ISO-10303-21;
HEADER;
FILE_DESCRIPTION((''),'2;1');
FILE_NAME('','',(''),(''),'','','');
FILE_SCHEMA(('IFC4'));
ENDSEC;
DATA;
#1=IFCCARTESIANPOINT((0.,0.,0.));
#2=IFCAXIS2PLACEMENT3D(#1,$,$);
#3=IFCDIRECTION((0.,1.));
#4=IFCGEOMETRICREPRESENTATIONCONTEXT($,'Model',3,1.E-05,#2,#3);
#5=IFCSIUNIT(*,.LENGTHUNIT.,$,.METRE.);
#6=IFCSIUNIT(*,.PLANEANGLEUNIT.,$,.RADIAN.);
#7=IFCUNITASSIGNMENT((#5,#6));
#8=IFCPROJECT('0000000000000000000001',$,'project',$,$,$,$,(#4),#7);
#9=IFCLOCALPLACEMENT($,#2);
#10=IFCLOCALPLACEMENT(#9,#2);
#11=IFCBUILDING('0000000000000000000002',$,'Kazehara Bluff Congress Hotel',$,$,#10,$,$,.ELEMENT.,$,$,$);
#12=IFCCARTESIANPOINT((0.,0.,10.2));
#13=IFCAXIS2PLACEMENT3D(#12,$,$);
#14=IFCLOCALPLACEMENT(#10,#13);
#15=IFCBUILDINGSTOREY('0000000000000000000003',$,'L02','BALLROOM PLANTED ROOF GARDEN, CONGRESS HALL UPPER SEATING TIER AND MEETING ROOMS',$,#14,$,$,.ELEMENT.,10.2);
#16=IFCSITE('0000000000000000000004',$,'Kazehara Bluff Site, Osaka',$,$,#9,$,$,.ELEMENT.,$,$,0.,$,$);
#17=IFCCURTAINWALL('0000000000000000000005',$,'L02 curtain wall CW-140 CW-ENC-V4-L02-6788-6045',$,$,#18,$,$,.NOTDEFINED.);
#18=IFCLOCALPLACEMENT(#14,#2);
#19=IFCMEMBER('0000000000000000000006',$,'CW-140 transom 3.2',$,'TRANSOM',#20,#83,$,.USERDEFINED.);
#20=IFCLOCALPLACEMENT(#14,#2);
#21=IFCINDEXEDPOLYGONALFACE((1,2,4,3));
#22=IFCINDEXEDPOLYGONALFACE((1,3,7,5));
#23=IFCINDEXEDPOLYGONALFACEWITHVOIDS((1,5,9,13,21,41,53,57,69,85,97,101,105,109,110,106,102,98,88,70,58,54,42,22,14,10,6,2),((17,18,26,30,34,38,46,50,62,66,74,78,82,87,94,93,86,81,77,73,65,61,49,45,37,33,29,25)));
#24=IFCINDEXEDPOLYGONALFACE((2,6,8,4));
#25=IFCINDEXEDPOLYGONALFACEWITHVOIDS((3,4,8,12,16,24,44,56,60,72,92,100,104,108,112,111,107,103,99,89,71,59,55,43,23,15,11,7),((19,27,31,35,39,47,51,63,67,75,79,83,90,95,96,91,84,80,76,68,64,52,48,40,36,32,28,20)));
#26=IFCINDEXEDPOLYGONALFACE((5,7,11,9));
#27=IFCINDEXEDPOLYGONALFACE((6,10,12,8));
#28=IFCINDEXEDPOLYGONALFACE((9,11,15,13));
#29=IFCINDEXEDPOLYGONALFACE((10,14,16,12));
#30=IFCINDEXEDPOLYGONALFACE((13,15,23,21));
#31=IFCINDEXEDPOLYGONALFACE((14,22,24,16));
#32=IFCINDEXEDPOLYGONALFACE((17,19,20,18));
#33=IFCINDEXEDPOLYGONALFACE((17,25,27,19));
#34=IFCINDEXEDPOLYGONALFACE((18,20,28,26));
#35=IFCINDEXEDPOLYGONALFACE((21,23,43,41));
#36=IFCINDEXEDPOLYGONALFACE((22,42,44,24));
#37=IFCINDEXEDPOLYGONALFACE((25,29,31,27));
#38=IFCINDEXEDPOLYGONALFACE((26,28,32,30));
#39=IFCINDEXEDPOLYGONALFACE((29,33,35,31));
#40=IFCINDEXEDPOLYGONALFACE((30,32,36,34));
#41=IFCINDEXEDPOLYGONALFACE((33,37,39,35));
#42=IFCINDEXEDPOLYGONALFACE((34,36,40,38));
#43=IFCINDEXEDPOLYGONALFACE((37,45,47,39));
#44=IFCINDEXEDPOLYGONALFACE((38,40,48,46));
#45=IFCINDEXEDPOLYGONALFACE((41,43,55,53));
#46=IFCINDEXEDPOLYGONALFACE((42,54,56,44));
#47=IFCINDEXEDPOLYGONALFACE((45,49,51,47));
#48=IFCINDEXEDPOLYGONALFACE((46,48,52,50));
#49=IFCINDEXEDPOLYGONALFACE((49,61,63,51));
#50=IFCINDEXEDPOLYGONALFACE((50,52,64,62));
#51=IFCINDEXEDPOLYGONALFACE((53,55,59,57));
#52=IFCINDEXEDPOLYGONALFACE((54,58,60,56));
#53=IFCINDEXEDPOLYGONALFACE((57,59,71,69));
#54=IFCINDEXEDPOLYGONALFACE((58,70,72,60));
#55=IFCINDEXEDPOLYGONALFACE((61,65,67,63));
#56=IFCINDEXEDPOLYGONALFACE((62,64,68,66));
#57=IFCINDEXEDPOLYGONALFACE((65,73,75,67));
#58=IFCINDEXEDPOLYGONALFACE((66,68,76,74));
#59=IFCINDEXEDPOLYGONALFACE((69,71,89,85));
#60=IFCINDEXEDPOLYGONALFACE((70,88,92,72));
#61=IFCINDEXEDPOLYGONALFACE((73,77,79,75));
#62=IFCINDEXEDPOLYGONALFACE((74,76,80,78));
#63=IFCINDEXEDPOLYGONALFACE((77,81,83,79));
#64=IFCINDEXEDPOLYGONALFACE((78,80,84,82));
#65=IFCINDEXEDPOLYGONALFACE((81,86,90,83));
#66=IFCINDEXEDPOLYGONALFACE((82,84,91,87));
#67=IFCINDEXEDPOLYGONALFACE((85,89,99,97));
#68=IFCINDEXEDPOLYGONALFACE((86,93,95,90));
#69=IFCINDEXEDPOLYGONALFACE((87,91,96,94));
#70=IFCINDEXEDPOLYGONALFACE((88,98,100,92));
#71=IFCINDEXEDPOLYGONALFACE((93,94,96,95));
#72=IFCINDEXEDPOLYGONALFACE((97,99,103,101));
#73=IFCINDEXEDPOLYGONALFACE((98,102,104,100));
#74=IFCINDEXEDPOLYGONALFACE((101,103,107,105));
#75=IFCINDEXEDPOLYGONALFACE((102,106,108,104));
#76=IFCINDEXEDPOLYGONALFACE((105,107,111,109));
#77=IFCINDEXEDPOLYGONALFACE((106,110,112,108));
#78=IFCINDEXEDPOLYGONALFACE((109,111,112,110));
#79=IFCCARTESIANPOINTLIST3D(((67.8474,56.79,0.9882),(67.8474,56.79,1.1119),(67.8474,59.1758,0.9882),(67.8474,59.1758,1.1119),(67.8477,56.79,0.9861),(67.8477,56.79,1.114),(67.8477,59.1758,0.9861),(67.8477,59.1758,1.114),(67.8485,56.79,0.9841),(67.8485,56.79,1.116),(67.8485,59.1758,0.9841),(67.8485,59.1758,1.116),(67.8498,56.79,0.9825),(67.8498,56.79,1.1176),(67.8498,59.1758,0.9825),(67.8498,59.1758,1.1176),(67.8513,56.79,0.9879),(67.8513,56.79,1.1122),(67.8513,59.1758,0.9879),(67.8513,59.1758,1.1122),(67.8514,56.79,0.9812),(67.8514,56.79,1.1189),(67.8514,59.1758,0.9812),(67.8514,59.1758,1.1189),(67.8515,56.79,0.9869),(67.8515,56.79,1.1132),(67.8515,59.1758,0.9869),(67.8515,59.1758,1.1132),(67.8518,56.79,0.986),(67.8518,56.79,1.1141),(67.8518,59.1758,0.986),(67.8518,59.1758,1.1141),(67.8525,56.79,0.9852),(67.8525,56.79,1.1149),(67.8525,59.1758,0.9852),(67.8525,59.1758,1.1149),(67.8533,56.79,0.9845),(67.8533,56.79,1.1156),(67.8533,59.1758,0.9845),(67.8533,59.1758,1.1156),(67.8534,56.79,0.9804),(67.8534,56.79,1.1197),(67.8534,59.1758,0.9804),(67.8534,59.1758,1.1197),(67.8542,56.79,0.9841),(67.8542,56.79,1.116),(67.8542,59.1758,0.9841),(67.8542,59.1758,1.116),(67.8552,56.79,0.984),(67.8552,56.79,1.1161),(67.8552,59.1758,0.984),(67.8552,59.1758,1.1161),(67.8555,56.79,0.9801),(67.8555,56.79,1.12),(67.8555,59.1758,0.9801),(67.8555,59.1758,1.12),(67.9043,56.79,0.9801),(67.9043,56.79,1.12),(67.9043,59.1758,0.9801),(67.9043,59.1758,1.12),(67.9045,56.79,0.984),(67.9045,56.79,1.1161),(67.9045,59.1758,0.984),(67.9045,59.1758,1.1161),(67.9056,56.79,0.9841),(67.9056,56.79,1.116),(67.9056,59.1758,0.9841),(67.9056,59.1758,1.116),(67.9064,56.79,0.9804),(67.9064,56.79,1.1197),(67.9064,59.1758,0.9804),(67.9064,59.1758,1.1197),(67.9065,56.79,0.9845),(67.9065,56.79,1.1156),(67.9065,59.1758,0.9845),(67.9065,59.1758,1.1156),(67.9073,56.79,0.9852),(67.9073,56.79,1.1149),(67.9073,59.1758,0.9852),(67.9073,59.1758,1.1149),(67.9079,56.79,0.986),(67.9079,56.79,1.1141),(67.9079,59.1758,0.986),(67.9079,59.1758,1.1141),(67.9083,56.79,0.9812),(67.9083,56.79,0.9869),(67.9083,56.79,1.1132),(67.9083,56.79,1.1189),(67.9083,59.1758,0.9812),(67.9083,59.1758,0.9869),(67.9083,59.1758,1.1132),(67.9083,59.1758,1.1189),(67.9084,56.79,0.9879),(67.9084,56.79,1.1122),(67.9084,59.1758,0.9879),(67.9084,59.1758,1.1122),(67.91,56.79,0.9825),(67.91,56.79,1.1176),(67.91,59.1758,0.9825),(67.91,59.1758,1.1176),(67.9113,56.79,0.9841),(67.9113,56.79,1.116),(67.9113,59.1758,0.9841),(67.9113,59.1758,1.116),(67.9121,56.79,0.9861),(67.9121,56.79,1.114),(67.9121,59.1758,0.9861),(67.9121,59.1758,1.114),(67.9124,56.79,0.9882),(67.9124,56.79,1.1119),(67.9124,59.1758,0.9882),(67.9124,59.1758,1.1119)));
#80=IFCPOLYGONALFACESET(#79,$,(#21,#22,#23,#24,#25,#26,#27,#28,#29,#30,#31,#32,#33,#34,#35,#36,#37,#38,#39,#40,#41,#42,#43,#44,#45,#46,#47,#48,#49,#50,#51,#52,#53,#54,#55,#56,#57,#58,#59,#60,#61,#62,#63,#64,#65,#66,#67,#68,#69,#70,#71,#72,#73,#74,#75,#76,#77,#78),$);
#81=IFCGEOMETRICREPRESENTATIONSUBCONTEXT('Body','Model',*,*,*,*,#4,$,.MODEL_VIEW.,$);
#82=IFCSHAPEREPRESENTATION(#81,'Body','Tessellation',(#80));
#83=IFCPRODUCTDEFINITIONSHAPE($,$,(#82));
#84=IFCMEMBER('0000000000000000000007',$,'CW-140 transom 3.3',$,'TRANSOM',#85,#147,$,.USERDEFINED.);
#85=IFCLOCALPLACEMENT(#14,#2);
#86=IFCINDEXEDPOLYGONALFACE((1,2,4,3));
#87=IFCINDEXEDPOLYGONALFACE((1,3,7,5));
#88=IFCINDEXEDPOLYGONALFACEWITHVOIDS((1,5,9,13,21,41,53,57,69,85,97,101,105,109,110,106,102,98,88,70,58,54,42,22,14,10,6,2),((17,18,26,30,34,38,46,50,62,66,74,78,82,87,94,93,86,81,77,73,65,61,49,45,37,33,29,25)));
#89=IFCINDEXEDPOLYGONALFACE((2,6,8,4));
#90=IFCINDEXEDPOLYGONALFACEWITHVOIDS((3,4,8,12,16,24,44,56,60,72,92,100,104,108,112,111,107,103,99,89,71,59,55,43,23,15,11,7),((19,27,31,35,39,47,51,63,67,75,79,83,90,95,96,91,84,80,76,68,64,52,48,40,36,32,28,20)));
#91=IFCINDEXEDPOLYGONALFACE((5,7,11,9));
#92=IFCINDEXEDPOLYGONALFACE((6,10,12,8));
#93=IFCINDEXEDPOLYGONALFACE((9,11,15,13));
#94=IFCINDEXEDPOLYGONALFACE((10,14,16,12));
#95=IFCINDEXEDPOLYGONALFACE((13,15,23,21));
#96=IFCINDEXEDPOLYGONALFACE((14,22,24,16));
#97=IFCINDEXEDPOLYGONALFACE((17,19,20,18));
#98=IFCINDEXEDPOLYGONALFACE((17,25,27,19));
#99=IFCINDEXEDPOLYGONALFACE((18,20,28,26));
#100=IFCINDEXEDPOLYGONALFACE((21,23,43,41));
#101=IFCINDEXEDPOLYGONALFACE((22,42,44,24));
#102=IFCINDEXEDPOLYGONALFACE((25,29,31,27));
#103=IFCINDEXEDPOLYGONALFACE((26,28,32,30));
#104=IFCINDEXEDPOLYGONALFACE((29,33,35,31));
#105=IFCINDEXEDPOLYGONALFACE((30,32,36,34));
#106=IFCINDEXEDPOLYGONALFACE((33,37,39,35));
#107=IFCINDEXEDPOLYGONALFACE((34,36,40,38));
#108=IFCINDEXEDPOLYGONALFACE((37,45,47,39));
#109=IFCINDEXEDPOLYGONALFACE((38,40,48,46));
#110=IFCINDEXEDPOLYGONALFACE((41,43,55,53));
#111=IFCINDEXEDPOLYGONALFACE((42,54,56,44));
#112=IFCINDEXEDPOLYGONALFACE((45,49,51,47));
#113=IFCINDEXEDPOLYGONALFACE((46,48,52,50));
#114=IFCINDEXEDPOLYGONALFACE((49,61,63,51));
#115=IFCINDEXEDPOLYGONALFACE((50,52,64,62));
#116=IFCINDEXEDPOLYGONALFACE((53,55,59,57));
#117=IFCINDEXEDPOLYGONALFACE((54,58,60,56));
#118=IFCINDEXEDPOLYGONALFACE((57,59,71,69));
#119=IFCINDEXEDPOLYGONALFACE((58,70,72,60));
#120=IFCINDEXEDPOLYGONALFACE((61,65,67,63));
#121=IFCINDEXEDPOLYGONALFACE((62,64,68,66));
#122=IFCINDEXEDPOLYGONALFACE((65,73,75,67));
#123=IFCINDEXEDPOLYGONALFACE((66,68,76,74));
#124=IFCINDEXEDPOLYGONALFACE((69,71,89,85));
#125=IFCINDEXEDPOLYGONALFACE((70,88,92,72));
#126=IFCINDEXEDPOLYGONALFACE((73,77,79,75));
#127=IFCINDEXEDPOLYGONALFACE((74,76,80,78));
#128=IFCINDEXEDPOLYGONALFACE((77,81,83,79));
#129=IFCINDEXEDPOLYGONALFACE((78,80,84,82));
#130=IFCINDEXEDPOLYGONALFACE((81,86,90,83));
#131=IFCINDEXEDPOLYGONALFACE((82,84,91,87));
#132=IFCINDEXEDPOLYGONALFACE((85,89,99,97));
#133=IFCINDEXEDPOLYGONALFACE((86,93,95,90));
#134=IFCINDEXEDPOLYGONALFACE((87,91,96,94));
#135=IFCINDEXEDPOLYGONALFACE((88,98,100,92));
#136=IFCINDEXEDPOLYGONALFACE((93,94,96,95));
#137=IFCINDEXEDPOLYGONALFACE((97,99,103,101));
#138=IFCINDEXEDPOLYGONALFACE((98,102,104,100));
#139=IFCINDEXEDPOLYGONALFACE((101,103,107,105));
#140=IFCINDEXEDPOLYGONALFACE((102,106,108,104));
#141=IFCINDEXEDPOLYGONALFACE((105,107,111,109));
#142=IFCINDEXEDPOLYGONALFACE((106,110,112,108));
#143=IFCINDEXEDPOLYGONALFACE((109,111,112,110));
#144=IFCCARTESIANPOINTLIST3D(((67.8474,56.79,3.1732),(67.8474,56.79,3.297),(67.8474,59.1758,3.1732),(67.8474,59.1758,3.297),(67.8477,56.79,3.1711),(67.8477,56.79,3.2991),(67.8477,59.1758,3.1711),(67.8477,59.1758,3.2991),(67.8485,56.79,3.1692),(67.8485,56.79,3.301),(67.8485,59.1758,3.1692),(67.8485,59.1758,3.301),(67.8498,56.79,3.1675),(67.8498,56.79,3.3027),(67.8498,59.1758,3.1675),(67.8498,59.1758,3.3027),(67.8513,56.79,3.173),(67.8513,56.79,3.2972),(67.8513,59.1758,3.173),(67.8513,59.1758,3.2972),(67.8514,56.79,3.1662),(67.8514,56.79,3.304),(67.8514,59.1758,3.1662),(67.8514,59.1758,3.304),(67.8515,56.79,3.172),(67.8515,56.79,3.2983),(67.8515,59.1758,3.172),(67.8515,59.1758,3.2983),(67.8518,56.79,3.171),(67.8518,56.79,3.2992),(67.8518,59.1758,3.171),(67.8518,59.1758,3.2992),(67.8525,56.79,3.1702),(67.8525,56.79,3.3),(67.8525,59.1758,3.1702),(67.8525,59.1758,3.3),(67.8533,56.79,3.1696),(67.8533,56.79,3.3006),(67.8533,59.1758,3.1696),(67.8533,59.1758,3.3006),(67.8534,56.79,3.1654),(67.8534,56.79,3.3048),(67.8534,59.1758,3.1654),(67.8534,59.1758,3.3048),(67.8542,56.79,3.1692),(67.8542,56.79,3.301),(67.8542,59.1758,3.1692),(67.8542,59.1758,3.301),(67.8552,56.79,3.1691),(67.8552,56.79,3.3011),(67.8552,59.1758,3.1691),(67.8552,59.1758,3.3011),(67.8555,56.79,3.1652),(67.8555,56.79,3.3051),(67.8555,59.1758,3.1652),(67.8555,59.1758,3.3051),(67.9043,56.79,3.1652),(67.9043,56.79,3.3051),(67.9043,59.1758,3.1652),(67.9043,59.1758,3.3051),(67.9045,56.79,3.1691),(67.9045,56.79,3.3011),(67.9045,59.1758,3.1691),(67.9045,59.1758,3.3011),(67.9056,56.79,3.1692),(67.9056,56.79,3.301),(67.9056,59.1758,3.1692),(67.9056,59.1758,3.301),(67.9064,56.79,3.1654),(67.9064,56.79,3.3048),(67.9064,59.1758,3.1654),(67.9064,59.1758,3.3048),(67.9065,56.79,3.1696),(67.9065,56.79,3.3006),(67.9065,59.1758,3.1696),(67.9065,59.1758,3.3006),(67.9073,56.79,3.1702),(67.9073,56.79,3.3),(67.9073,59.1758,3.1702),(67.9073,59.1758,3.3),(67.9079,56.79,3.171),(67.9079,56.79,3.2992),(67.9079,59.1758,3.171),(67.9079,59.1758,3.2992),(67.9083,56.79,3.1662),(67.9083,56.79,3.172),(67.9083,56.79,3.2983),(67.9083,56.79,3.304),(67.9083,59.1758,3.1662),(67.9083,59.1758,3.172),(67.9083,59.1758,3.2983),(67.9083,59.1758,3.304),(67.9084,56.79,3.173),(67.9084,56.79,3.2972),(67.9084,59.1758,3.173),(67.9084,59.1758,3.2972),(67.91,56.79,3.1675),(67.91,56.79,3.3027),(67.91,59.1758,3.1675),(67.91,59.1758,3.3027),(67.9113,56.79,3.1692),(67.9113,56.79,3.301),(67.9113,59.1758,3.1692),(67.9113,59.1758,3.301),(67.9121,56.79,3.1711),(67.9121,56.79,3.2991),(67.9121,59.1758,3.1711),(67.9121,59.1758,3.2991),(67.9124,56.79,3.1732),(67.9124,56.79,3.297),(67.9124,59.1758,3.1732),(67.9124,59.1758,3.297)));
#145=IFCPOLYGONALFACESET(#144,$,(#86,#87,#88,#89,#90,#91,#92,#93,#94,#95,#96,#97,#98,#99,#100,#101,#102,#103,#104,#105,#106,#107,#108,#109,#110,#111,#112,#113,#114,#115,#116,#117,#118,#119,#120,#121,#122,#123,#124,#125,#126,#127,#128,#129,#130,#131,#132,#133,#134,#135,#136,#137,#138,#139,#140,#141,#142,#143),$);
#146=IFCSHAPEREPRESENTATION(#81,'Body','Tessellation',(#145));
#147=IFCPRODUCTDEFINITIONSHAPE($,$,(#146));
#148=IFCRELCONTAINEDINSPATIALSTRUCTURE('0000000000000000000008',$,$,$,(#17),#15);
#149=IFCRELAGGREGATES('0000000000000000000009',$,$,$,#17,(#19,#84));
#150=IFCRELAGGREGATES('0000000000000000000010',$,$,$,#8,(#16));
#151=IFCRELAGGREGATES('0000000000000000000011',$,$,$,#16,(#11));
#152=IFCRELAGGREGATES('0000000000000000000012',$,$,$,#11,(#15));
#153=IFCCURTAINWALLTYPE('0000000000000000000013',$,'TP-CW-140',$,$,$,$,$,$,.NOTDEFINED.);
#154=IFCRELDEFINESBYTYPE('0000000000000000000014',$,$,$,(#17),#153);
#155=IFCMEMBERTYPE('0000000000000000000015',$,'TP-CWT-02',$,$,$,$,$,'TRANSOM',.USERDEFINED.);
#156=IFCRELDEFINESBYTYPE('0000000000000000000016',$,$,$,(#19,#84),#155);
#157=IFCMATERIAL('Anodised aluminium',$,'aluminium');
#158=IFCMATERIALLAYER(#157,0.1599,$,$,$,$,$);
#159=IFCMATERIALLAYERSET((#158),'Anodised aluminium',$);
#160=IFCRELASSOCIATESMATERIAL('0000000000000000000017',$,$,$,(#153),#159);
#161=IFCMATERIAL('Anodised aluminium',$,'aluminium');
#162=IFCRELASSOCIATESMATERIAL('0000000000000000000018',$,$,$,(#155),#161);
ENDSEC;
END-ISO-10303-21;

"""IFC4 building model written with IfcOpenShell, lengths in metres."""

from ifc_helpers import new_model, si_unit, direction, frame, origin, origin_2d, place, context, subcontext, project, spatial, hollow_rectangle, extrude, material, layer, layer_set, material_profile, profile_set, type_object, element, aggregate, save


model = new_model("IFC4")

# Units and contexts
model_context = context("Model", 3, precision=1e-05, world=origin(), true_north=direction((0.0, 1.0)))
body_context = subcontext(model_context, "Body", "Model", "MODEL_VIEW")
ifc_project = project(units=[si_unit("LENGTHUNIT", "METRE"), si_unit("PLANEANGLEUNIT", "RADIAN")], contexts=[model_context])

# Site, building, storey
site_placement = place(None, origin())
site = spatial("IfcSite", under=ifc_project, at=site_placement, Name="Kazehara Bluff Site, Osaka", CompositionType="ELEMENT", RefElevation=0.0)
building_placement = place(site_placement, origin())
building = spatial("IfcBuilding", under=site, at=building_placement, Name="Kazehara Bluff Congress Hotel", CompositionType="ELEMENT")
storey_placement = place(building_placement, frame((0.0, 0.0, 10.2)))
storey = spatial("IfcBuildingStorey", under=building, at=storey_placement, Name="L02", Description="BALLROOM PLANTED ROOF GARDEN, CONGRESS HALL UPPER SEATING TIER AND MEETING ROOMS", CompositionType="ELEMENT", Elevation=10.2)

# Curtain wall, members
ifc_material_1 = material(Name="Anodised aluminium", Category="aluminium")
ifc_layer_1 = layer(ifc_material_1, 0.1599)
ifc_layer_set_1 = layer_set([ifc_layer_1], Name="Anodised aluminium")
curtain_wall_type = type_object("IfcCurtainWallType", Name="TP-CW-140", PredefinedType="NOTDEFINED", material=ifc_layer_set_1)
curtain_wall_placement = place(storey_placement, origin())
curtain_wall = element("IfcCurtainWall", 1, at=curtain_wall_placement, inside=storey, type_object=curtain_wall_type, Name="L02 curtain wall CW-140 CW-ENC-V4-L02-6788-6045", PredefinedType="NOTDEFINED")
ifc_material_2 = material(Name="Anodised aluminium", Category="aluminium")
ifc_material_profile_1 = material_profile(ifc_material_2, hollow_rectangle(XDim=0.0649, YDim=0.1399, WallThickness=0.0039, InnerFilletRadius=0.0039, OuterFilletRadius=0.0081, at=origin_2d()))
ifc_profile_set_1 = profile_set([ifc_material_profile_1], Name="Anodised aluminium")
member_type_1 = type_object("IfcMemberType", Name="TP-CWT-02", ElementType="TRANSOM", PredefinedType="USERDEFINED", material=ifc_profile_set_1)
member_1_placement = place(storey_placement, frame((67.8799, 59.1758, 1.05), z_axis=(0.0, -1.0, 0.0), x_axis=(1.0, 0.0, 0.0)))
member_1 = element("IfcMember", 2, at=member_1_placement, type_object=member_type_1, Name="CW-140 transom 3.2", ObjectType="TRANSOM", PredefinedType="USERDEFINED", context=body_context, shape_type="SweptSolid", body=[
    extrude(hollow_rectangle(XDim=0.0649, YDim=0.1399, WallThickness=0.0039, InnerFilletRadius=0.0039, OuterFilletRadius=0.0081, at=origin_2d()), origin(), (0.0, 0.0, 1.0), 2.3857),
])
member_2_placement = place(storey_placement, frame((67.8799, 59.1758, 3.2351), z_axis=(0.0, -1.0, 0.0), x_axis=(1.0, 0.0, 0.0)))
member_2 = element("IfcMember", 3, at=member_2_placement, type_object=member_type_1, Name="CW-140 transom 3.3", ObjectType="TRANSOM", PredefinedType="USERDEFINED", context=body_context, shape_type="SweptSolid", body=[
    extrude(hollow_rectangle(XDim=0.0649, YDim=0.1399, WallThickness=0.0039, InnerFilletRadius=0.0039, OuterFilletRadius=0.0081, at=origin_2d()), origin(), (0.0, 0.0, 1.0), 2.3857),
])

aggregate(curtain_wall, [member_1, member_2])

save(model, "model.ifc")
